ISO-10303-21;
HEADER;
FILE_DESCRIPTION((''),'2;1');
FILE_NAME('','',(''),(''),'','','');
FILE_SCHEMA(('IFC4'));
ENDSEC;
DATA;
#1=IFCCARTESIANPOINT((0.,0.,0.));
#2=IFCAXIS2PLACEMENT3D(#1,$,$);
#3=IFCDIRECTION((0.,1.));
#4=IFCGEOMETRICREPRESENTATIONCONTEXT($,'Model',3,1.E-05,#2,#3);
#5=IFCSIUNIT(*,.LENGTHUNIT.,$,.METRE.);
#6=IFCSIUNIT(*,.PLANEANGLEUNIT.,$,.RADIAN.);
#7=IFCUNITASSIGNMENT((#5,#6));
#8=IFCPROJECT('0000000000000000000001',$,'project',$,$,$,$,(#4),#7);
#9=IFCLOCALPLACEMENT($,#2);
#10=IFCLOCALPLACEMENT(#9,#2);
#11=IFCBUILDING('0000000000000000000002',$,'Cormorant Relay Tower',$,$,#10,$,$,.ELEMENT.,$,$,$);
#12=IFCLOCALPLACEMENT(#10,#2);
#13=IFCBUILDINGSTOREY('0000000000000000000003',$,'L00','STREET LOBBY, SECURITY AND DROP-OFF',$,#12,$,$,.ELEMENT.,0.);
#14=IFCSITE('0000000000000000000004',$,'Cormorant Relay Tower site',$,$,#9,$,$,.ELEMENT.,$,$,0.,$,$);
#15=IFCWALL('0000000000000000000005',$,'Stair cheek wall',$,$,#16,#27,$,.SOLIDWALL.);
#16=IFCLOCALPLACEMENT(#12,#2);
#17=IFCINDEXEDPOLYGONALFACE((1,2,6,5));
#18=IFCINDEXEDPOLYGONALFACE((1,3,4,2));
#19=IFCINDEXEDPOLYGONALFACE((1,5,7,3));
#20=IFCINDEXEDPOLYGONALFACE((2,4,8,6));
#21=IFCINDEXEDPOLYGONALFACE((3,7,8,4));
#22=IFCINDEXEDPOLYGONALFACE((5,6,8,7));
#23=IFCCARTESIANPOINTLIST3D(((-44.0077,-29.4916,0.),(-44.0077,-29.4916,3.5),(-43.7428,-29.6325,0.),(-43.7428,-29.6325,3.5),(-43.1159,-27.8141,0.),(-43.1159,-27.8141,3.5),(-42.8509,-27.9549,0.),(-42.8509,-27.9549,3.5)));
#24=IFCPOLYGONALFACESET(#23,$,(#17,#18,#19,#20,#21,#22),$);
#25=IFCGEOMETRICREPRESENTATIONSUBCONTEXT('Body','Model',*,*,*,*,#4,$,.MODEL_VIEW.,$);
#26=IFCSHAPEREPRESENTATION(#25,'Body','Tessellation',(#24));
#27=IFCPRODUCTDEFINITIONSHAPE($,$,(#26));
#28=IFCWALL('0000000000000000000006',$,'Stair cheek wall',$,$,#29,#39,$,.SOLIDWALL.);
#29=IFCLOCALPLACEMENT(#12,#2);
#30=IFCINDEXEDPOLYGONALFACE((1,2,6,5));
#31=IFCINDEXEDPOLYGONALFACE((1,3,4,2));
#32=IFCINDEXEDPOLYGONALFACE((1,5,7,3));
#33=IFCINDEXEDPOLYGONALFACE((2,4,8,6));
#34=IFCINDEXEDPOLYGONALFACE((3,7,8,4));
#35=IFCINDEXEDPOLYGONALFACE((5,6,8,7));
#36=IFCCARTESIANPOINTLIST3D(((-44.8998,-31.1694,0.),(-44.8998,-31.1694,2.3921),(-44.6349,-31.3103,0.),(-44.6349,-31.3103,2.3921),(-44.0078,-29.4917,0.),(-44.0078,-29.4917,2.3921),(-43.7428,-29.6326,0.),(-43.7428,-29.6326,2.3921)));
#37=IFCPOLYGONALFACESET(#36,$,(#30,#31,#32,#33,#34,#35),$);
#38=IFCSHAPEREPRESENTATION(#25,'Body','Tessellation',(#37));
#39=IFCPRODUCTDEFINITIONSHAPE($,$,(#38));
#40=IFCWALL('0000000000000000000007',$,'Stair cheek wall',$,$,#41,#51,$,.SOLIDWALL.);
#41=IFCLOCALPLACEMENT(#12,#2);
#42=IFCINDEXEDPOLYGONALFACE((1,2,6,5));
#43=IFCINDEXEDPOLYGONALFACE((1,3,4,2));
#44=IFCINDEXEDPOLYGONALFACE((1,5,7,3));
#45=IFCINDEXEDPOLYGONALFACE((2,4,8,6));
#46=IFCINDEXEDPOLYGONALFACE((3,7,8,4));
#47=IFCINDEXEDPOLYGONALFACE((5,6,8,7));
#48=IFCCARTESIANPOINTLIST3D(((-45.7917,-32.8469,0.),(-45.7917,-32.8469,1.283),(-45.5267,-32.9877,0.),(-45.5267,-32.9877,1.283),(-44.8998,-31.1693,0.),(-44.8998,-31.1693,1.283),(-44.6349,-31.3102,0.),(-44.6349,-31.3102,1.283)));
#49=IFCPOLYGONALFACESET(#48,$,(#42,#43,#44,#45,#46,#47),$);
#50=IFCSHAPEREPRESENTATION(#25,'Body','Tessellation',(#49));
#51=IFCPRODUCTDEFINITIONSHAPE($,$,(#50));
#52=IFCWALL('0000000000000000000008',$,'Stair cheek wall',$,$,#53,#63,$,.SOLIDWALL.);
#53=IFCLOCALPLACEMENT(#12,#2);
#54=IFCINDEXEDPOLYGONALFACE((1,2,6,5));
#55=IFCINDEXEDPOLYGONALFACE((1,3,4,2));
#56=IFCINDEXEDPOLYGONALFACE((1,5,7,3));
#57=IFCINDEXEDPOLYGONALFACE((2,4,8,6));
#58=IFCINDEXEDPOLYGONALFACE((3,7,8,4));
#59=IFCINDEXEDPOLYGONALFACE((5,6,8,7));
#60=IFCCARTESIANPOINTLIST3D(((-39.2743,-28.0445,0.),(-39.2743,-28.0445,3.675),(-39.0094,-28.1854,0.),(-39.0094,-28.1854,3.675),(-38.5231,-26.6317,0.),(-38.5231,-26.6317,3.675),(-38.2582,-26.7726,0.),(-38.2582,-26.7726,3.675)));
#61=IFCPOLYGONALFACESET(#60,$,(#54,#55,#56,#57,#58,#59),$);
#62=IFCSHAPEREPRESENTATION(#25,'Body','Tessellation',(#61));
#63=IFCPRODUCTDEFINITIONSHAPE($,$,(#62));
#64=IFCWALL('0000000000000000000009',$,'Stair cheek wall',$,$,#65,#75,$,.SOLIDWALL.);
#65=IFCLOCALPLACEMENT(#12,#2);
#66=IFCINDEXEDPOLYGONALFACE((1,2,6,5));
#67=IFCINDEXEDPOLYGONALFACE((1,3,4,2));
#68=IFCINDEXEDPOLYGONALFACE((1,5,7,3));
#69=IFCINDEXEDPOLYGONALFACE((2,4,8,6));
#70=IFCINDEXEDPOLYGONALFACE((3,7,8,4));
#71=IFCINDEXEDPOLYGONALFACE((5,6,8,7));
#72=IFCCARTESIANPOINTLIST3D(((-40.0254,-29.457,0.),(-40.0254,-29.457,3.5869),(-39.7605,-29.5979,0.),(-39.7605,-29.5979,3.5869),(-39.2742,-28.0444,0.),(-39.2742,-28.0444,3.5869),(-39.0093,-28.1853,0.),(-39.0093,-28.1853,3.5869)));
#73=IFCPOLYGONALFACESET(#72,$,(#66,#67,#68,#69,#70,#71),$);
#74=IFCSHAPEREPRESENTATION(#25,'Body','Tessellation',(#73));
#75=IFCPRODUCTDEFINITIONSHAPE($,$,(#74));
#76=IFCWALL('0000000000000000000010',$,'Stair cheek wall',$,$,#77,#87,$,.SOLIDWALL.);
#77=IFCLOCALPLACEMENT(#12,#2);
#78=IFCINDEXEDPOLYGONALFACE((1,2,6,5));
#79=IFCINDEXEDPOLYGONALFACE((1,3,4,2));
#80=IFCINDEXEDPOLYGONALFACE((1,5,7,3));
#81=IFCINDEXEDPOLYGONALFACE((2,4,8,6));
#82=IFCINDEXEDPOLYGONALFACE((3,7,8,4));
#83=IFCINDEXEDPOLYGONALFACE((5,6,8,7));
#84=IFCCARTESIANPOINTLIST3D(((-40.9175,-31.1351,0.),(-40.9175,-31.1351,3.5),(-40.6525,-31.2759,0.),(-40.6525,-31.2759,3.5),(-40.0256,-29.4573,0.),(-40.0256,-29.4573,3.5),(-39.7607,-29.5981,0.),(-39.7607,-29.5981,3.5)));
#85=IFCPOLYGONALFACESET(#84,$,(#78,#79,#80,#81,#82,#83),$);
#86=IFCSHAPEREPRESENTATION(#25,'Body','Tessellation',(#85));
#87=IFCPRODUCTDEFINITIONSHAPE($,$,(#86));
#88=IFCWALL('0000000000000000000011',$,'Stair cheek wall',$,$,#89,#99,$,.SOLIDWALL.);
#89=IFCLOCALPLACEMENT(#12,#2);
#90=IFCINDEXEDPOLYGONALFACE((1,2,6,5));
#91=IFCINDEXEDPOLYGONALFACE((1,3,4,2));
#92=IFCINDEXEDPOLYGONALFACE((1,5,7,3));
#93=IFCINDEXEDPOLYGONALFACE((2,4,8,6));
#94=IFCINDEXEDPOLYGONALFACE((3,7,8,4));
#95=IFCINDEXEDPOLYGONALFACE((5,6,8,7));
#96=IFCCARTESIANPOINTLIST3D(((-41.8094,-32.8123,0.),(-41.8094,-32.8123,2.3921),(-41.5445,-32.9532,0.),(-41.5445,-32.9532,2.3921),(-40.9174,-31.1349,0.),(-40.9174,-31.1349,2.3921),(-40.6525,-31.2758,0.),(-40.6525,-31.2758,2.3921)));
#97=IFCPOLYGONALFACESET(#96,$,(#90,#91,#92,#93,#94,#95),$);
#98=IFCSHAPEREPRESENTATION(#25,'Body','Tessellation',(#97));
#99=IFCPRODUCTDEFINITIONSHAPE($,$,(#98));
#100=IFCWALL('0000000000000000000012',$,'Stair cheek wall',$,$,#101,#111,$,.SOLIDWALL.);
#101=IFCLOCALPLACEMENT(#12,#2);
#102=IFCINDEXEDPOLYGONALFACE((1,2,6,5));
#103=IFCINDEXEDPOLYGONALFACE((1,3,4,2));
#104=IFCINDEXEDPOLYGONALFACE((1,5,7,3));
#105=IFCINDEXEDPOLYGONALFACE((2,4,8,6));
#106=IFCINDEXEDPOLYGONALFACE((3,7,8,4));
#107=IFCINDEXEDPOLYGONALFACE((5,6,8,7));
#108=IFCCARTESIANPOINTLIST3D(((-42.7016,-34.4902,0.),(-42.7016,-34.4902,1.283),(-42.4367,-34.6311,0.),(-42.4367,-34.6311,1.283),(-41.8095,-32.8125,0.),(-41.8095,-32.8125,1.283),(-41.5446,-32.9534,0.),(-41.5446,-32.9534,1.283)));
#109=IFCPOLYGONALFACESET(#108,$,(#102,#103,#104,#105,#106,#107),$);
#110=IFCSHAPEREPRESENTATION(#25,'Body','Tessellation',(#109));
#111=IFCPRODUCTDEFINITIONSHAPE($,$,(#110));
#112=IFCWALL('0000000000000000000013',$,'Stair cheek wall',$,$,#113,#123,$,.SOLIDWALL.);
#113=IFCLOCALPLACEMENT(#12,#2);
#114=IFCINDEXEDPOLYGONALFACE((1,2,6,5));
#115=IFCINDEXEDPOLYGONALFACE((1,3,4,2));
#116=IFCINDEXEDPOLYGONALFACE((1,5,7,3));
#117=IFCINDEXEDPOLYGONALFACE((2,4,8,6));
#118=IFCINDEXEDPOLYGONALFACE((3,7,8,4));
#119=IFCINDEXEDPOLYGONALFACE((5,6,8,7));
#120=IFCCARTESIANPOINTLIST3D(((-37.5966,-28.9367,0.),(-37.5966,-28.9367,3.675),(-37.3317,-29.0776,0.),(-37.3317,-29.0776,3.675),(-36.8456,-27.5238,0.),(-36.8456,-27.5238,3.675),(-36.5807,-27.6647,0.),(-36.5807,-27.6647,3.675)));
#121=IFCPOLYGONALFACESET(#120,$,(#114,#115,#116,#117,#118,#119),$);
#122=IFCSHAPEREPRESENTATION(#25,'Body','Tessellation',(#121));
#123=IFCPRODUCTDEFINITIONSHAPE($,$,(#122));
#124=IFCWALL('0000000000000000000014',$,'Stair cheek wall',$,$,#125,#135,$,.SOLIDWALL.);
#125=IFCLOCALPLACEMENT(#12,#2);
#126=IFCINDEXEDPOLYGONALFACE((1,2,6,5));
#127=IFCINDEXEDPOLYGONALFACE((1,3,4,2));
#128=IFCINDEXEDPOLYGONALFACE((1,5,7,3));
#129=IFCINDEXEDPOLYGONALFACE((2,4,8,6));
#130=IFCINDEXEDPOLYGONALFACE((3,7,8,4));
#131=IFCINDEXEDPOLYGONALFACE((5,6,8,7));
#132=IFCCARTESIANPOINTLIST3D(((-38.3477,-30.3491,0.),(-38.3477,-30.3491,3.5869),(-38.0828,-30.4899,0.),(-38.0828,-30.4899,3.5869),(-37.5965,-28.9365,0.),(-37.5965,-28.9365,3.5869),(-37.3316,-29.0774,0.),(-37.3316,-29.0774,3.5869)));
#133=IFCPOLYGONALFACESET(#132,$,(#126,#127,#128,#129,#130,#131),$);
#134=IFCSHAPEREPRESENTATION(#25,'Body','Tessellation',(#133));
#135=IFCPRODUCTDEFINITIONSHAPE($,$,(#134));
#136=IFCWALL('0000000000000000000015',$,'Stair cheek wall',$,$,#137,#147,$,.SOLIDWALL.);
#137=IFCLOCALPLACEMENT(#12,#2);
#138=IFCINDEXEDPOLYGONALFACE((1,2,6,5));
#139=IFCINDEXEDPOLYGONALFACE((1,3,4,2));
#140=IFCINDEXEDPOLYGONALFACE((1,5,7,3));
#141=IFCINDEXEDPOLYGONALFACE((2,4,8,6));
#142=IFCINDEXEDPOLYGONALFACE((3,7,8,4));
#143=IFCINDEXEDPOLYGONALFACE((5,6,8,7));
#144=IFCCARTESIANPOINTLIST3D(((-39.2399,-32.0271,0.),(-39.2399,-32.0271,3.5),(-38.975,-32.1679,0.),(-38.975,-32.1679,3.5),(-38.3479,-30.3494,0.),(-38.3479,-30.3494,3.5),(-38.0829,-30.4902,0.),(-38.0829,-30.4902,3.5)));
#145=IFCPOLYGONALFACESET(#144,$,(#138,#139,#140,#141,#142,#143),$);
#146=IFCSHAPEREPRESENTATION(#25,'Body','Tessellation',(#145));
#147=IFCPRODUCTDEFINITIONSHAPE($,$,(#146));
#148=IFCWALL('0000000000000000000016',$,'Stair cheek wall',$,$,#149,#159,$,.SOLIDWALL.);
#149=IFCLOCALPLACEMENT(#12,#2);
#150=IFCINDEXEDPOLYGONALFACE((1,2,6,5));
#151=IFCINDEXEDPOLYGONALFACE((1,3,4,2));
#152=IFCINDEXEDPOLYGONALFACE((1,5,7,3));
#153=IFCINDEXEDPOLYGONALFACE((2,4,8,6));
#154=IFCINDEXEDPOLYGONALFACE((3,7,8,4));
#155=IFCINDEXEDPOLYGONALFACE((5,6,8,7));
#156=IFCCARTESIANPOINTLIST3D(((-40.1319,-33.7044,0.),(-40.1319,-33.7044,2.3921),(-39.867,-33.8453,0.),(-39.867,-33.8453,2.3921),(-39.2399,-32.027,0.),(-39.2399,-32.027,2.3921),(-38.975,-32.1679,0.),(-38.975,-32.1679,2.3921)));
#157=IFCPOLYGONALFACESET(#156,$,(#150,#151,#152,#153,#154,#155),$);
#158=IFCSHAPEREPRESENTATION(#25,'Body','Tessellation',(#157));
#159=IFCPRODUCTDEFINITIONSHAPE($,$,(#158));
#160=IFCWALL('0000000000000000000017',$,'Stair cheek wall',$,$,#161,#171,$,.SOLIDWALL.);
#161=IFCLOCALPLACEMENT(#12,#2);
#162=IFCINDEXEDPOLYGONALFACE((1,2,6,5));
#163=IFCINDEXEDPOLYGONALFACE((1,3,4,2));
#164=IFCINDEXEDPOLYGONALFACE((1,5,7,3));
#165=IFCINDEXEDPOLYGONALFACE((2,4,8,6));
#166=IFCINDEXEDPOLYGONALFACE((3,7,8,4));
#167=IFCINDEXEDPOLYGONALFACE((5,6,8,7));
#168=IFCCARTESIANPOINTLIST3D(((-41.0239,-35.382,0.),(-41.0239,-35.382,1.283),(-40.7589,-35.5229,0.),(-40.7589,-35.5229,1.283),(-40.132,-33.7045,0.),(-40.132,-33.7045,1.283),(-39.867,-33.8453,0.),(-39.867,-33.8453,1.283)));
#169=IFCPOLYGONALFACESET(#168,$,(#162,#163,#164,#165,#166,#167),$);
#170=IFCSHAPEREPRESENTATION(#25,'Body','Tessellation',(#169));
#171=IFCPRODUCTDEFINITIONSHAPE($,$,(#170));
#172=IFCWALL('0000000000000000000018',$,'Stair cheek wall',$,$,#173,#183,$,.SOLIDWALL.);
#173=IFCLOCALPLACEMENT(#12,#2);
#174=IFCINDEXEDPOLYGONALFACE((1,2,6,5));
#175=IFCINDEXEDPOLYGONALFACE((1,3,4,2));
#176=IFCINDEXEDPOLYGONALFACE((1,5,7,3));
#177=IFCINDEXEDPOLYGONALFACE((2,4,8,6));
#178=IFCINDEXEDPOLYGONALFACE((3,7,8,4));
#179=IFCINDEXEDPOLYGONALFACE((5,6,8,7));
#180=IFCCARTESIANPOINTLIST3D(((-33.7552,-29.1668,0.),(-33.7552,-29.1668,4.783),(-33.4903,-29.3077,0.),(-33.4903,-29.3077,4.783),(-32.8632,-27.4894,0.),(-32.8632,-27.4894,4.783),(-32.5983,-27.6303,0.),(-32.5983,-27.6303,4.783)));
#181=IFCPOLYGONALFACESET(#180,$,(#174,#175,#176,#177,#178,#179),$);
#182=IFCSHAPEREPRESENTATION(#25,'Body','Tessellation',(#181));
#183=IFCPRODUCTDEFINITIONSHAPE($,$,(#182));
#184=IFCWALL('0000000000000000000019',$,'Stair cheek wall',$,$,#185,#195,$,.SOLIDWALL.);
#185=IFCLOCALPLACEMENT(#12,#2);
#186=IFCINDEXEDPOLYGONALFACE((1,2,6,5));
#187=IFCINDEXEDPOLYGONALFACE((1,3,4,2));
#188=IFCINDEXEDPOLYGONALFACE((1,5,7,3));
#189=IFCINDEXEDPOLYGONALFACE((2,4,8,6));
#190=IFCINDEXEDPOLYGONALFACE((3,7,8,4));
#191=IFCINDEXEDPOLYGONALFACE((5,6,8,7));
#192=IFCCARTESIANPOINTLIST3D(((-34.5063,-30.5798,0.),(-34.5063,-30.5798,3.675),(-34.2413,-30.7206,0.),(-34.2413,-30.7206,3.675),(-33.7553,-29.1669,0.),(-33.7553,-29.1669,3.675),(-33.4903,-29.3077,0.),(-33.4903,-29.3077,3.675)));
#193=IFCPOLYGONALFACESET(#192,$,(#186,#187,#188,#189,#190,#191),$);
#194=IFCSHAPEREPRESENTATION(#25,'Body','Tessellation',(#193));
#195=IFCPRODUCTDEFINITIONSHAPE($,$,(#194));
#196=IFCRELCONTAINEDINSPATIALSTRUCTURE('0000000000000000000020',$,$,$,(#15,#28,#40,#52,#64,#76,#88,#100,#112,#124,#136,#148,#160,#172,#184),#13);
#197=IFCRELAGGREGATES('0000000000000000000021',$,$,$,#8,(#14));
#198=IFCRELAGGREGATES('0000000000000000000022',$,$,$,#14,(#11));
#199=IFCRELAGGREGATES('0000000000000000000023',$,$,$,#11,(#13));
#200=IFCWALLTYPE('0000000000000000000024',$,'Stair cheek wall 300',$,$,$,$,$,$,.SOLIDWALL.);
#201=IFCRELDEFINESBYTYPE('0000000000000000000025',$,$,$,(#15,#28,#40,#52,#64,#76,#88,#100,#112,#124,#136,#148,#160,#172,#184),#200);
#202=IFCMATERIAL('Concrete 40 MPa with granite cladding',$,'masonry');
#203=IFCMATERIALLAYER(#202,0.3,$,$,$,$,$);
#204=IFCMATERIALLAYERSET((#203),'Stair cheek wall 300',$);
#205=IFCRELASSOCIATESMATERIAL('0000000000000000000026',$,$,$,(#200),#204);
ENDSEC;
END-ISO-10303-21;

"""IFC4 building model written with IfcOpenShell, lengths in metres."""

from ifc_helpers import new_model, si_unit, direction, frame, frame_2d, origin, place, context, subcontext, project, spatial, rectangle, extrude, material, layer, layer_set, type_object, element, save


model = new_model("IFC4")

# Units and contexts
model_context = context("Model", 3, precision=1e-05, world=origin(), true_north=direction((0.0, 1.0)))
body_context = subcontext(model_context, "Body", "Model", "MODEL_VIEW")
ifc_project = project(units=[si_unit("LENGTHUNIT", "METRE"), si_unit("PLANEANGLEUNIT", "RADIAN")], contexts=[model_context])

# Site, building, storey
site_placement = place(None, origin())
site = spatial("IfcSite", under=ifc_project, at=site_placement, Name="Cormorant Relay Tower site", CompositionType="ELEMENT", RefElevation=0.0)
building_placement = place(site_placement, origin())
building = spatial("IfcBuilding", under=site, at=building_placement, Name="Cormorant Relay Tower", CompositionType="ELEMENT")
storey_placement = place(building_placement, origin())
storey = spatial("IfcBuildingStorey", under=building, at=storey_placement, Name="L00", Description="STREET LOBBY, SECURITY AND DROP-OFF", CompositionType="ELEMENT", Elevation=0.0)

# Walls
ifc_material_1 = material(Name="Concrete 40 MPa with granite cladding", Category="masonry")
ifc_layer_1 = layer(ifc_material_1, 0.3)
ifc_layer_set_1 = layer_set([ifc_layer_1], Name="Stair cheek wall 300")
wall_type_1 = type_object("IfcWallType", Name="Stair cheek wall 300", PredefinedType="SOLIDWALL", material=ifc_layer_set_1)
wall_1_placement = place(storey_placement, frame((-42.9834, -27.8845, 0.0), z_axis=(0.0, 0.0, 1.0), x_axis=(-0.469434, -0.882968, 0.0)))
element("IfcWall", 1, at=wall_1_placement, inside=storey, type_object=wall_type_1, Name="Stair cheek wall", PredefinedType="SOLIDWALL", context=body_context, shape_type="SweptSolid", body=[
    extrude(rectangle(XDim=1.8999, YDim=0.3, at=frame_2d((0.95, 0.0))), origin(), (0.0, 0.0, 1.0), 3.5),
])
wall_2_placement = place(storey_placement, frame((-43.8752, -29.562, 0.0), z_axis=(0.0, 0.0, 1.0), x_axis=(-0.469481, -0.882943, 0.0)))
element("IfcWall", 2, at=wall_2_placement, inside=storey, type_object=wall_type_1, Name="Stair cheek wall", PredefinedType="SOLIDWALL", context=body_context, shape_type="SweptSolid", body=[
    extrude(rectangle(XDim=1.9001, YDim=0.3, at=frame_2d((0.9502, 0.0))), origin(), (0.0, 0.0, 1.0), 2.3921),
])
wall_3_placement = place(storey_placement, frame((-44.7673, -31.2397, 0.0), z_axis=(0.0, 0.0, 1.0), x_axis=(-0.469434, -0.882968, 0.0)))
element("IfcWall", 3, at=wall_3_placement, inside=storey, type_object=wall_type_1, Name="Stair cheek wall", PredefinedType="SOLIDWALL", context=body_context, shape_type="SweptSolid", body=[
    extrude(rectangle(XDim=1.8999, YDim=0.3, at=frame_2d((0.95, 0.0))), origin(), (0.0, 0.0, 1.0), 1.283),
])
wall_4_placement = place(storey_placement, frame((-38.3906, -26.7021, 0.0), z_axis=(0.0, 0.0, 1.0), x_axis=(-0.469471, -0.882948, 0.0)))
element("IfcWall", 4, at=wall_4_placement, inside=storey, type_object=wall_type_1, Name="Stair cheek wall", PredefinedType="SOLIDWALL", context=body_context, shape_type="SweptSolid", body=[
    extrude(rectangle(XDim=1.6001, YDim=0.3, at=frame_2d((0.8, 0.0))), origin(), (0.0, 0.0, 1.0), 3.675),
])
wall_5_placement = place(storey_placement, frame((-39.1418, -28.115, 0.0), z_axis=(0.0, 0.0, 1.0), x_axis=(-0.469535, -0.882914, 0.0)))
element("IfcWall", 5, at=wall_5_placement, inside=storey, type_object=wall_type_1, Name="Stair cheek wall", PredefinedType="SOLIDWALL", context=body_context, shape_type="SweptSolid", body=[
    extrude(rectangle(XDim=1.5999, YDim=0.3, at=frame_2d((0.7998, 0.0))), origin(), (0.0, 0.0, 1.0), 3.5869),
])
wall_6_placement = place(storey_placement, frame((-39.8931, -29.5276, 0.0), z_axis=(0.0, 0.0, 1.0), x_axis=(-0.469381, -0.882996, 0.0)))
element("IfcWall", 6, at=wall_6_placement, inside=storey, type_object=wall_type_1, Name="Stair cheek wall", PredefinedType="SOLIDWALL", context=body_context, shape_type="SweptSolid", body=[
    extrude(rectangle(XDim=1.9001, YDim=0.3, at=frame_2d((0.9502, 0.0))), origin(), (0.0, 0.0, 1.0), 3.5),
])
wall_7_placement = place(storey_placement, frame((-40.7849, -31.2053, 0.0), z_axis=(0.0, 0.0, 1.0), x_axis=(-0.469534, -0.882914, 0.0)))
element("IfcWall", 7, at=wall_7_placement, inside=storey, type_object=wall_type_1, Name="Stair cheek wall", PredefinedType="SOLIDWALL", context=body_context, shape_type="SweptSolid", body=[
    extrude(rectangle(XDim=1.8999, YDim=0.3, at=frame_2d((0.95, 0.0))), origin(), (0.0, 0.0, 1.0), 2.3921),
])
wall_8_placement = place(storey_placement, frame((-41.677, -32.8828, 0.0), z_axis=(0.0, 0.0, 1.0), x_axis=(-0.469481, -0.882943, 0.0)))
element("IfcWall", 8, at=wall_8_placement, inside=storey, type_object=wall_type_1, Name="Stair cheek wall", PredefinedType="SOLIDWALL", context=body_context, shape_type="SweptSolid", body=[
    extrude(rectangle(XDim=1.9001, YDim=0.3, at=frame_2d((0.9502, 0.0))), origin(), (0.0, 0.0, 1.0), 1.283),
])
wall_9_placement = place(storey_placement, frame((-36.7131, -27.5942, 0.0), z_axis=(0.0, 0.0, 1.0), x_axis=(-0.469352, -0.883011, 0.0)))
element("IfcWall", 9, at=wall_9_placement, inside=storey, type_object=wall_type_1, Name="Stair cheek wall", PredefinedType="SOLIDWALL", context=body_context, shape_type="SweptSolid", body=[
    extrude(rectangle(XDim=1.6001, YDim=0.3, at=frame_2d((0.8, 0.0))), origin(), (0.0, 0.0, 1.0), 3.675),
])
wall_10_placement = place(storey_placement, frame((-37.4641, -29.0071, 0.0), z_axis=(0.0, 0.0, 1.0), x_axis=(-0.469535, -0.882914, 0.0)))
element("IfcWall", 10, at=wall_10_placement, inside=storey, type_object=wall_type_1, Name="Stair cheek wall", PredefinedType="SOLIDWALL", context=body_context, shape_type="SweptSolid", body=[
    extrude(rectangle(XDim=1.5999, YDim=0.3, at=frame_2d((0.7998, 0.0))), origin(), (0.0, 0.0, 1.0), 3.5869),
])
wall_11_placement = place(storey_placement, frame((-38.2153, -30.4197, 0.0), z_axis=(0.0, 0.0, 1.0), x_axis=(-0.469481, -0.882943, 0.0)))
element("IfcWall", 11, at=wall_11_placement, inside=storey, type_object=wall_type_1, Name="Stair cheek wall", PredefinedType="SOLIDWALL", context=body_context, shape_type="SweptSolid", body=[
    extrude(rectangle(XDim=1.9001, YDim=0.3, at=frame_2d((0.9502, 0.0))), origin(), (0.0, 0.0, 1.0), 3.5),
])
wall_12_placement = place(storey_placement, frame((-39.1074, -32.0974, 0.0), z_axis=(0.0, 0.0, 1.0), x_axis=(-0.469534, -0.882914, 0.0)))
element("IfcWall", 12, at=wall_12_placement, inside=storey, type_object=wall_type_1, Name="Stair cheek wall", PredefinedType="SOLIDWALL", context=body_context, shape_type="SweptSolid", body=[
    extrude(rectangle(XDim=1.8999, YDim=0.3, at=frame_2d((0.95, 0.0))), origin(), (0.0, 0.0, 1.0), 2.3921),
])
wall_13_placement = place(storey_placement, frame((-39.9995, -33.7749, 0.0), z_axis=(0.0, 0.0, 1.0), x_axis=(-0.469434, -0.882968, 0.0)))
element("IfcWall", 13, at=wall_13_placement, inside=storey, type_object=wall_type_1, Name="Stair cheek wall", PredefinedType="SOLIDWALL", context=body_context, shape_type="SweptSolid", body=[
    extrude(rectangle(XDim=1.8999, YDim=0.3, at=frame_2d((0.95, 0.0))), origin(), (0.0, 0.0, 1.0), 1.283),
])
wall_14_placement = place(storey_placement, frame((-32.7307, -27.5598, 0.0), z_axis=(0.0, 0.0, 1.0), x_axis=(-0.469534, -0.882914, 0.0)))
element("IfcWall", 14, at=wall_14_placement, inside=storey, type_object=wall_type_1, Name="Stair cheek wall", PredefinedType="SOLIDWALL", context=body_context, shape_type="SweptSolid", body=[
    extrude(rectangle(XDim=1.8999, YDim=0.3, at=frame_2d((0.95, 0.0))), origin(), (0.0, 0.0, 1.0), 4.783),
])
wall_15_placement = place(storey_placement, frame((-33.6228, -29.2373, 0.0), z_axis=(0.0, 0.0, 1.0), x_axis=(-0.469352, -0.883011, 0.0)))
element("IfcWall", 15, at=wall_15_placement, inside=storey, type_object=wall_type_1, Name="Stair cheek wall", PredefinedType="SOLIDWALL", context=body_context, shape_type="SweptSolid", body=[
    extrude(rectangle(XDim=1.6001, YDim=0.3, at=frame_2d((0.8, 0.0))), origin(), (0.0, 0.0, 1.0), 3.675),
])

save(model, "model.ifc")
